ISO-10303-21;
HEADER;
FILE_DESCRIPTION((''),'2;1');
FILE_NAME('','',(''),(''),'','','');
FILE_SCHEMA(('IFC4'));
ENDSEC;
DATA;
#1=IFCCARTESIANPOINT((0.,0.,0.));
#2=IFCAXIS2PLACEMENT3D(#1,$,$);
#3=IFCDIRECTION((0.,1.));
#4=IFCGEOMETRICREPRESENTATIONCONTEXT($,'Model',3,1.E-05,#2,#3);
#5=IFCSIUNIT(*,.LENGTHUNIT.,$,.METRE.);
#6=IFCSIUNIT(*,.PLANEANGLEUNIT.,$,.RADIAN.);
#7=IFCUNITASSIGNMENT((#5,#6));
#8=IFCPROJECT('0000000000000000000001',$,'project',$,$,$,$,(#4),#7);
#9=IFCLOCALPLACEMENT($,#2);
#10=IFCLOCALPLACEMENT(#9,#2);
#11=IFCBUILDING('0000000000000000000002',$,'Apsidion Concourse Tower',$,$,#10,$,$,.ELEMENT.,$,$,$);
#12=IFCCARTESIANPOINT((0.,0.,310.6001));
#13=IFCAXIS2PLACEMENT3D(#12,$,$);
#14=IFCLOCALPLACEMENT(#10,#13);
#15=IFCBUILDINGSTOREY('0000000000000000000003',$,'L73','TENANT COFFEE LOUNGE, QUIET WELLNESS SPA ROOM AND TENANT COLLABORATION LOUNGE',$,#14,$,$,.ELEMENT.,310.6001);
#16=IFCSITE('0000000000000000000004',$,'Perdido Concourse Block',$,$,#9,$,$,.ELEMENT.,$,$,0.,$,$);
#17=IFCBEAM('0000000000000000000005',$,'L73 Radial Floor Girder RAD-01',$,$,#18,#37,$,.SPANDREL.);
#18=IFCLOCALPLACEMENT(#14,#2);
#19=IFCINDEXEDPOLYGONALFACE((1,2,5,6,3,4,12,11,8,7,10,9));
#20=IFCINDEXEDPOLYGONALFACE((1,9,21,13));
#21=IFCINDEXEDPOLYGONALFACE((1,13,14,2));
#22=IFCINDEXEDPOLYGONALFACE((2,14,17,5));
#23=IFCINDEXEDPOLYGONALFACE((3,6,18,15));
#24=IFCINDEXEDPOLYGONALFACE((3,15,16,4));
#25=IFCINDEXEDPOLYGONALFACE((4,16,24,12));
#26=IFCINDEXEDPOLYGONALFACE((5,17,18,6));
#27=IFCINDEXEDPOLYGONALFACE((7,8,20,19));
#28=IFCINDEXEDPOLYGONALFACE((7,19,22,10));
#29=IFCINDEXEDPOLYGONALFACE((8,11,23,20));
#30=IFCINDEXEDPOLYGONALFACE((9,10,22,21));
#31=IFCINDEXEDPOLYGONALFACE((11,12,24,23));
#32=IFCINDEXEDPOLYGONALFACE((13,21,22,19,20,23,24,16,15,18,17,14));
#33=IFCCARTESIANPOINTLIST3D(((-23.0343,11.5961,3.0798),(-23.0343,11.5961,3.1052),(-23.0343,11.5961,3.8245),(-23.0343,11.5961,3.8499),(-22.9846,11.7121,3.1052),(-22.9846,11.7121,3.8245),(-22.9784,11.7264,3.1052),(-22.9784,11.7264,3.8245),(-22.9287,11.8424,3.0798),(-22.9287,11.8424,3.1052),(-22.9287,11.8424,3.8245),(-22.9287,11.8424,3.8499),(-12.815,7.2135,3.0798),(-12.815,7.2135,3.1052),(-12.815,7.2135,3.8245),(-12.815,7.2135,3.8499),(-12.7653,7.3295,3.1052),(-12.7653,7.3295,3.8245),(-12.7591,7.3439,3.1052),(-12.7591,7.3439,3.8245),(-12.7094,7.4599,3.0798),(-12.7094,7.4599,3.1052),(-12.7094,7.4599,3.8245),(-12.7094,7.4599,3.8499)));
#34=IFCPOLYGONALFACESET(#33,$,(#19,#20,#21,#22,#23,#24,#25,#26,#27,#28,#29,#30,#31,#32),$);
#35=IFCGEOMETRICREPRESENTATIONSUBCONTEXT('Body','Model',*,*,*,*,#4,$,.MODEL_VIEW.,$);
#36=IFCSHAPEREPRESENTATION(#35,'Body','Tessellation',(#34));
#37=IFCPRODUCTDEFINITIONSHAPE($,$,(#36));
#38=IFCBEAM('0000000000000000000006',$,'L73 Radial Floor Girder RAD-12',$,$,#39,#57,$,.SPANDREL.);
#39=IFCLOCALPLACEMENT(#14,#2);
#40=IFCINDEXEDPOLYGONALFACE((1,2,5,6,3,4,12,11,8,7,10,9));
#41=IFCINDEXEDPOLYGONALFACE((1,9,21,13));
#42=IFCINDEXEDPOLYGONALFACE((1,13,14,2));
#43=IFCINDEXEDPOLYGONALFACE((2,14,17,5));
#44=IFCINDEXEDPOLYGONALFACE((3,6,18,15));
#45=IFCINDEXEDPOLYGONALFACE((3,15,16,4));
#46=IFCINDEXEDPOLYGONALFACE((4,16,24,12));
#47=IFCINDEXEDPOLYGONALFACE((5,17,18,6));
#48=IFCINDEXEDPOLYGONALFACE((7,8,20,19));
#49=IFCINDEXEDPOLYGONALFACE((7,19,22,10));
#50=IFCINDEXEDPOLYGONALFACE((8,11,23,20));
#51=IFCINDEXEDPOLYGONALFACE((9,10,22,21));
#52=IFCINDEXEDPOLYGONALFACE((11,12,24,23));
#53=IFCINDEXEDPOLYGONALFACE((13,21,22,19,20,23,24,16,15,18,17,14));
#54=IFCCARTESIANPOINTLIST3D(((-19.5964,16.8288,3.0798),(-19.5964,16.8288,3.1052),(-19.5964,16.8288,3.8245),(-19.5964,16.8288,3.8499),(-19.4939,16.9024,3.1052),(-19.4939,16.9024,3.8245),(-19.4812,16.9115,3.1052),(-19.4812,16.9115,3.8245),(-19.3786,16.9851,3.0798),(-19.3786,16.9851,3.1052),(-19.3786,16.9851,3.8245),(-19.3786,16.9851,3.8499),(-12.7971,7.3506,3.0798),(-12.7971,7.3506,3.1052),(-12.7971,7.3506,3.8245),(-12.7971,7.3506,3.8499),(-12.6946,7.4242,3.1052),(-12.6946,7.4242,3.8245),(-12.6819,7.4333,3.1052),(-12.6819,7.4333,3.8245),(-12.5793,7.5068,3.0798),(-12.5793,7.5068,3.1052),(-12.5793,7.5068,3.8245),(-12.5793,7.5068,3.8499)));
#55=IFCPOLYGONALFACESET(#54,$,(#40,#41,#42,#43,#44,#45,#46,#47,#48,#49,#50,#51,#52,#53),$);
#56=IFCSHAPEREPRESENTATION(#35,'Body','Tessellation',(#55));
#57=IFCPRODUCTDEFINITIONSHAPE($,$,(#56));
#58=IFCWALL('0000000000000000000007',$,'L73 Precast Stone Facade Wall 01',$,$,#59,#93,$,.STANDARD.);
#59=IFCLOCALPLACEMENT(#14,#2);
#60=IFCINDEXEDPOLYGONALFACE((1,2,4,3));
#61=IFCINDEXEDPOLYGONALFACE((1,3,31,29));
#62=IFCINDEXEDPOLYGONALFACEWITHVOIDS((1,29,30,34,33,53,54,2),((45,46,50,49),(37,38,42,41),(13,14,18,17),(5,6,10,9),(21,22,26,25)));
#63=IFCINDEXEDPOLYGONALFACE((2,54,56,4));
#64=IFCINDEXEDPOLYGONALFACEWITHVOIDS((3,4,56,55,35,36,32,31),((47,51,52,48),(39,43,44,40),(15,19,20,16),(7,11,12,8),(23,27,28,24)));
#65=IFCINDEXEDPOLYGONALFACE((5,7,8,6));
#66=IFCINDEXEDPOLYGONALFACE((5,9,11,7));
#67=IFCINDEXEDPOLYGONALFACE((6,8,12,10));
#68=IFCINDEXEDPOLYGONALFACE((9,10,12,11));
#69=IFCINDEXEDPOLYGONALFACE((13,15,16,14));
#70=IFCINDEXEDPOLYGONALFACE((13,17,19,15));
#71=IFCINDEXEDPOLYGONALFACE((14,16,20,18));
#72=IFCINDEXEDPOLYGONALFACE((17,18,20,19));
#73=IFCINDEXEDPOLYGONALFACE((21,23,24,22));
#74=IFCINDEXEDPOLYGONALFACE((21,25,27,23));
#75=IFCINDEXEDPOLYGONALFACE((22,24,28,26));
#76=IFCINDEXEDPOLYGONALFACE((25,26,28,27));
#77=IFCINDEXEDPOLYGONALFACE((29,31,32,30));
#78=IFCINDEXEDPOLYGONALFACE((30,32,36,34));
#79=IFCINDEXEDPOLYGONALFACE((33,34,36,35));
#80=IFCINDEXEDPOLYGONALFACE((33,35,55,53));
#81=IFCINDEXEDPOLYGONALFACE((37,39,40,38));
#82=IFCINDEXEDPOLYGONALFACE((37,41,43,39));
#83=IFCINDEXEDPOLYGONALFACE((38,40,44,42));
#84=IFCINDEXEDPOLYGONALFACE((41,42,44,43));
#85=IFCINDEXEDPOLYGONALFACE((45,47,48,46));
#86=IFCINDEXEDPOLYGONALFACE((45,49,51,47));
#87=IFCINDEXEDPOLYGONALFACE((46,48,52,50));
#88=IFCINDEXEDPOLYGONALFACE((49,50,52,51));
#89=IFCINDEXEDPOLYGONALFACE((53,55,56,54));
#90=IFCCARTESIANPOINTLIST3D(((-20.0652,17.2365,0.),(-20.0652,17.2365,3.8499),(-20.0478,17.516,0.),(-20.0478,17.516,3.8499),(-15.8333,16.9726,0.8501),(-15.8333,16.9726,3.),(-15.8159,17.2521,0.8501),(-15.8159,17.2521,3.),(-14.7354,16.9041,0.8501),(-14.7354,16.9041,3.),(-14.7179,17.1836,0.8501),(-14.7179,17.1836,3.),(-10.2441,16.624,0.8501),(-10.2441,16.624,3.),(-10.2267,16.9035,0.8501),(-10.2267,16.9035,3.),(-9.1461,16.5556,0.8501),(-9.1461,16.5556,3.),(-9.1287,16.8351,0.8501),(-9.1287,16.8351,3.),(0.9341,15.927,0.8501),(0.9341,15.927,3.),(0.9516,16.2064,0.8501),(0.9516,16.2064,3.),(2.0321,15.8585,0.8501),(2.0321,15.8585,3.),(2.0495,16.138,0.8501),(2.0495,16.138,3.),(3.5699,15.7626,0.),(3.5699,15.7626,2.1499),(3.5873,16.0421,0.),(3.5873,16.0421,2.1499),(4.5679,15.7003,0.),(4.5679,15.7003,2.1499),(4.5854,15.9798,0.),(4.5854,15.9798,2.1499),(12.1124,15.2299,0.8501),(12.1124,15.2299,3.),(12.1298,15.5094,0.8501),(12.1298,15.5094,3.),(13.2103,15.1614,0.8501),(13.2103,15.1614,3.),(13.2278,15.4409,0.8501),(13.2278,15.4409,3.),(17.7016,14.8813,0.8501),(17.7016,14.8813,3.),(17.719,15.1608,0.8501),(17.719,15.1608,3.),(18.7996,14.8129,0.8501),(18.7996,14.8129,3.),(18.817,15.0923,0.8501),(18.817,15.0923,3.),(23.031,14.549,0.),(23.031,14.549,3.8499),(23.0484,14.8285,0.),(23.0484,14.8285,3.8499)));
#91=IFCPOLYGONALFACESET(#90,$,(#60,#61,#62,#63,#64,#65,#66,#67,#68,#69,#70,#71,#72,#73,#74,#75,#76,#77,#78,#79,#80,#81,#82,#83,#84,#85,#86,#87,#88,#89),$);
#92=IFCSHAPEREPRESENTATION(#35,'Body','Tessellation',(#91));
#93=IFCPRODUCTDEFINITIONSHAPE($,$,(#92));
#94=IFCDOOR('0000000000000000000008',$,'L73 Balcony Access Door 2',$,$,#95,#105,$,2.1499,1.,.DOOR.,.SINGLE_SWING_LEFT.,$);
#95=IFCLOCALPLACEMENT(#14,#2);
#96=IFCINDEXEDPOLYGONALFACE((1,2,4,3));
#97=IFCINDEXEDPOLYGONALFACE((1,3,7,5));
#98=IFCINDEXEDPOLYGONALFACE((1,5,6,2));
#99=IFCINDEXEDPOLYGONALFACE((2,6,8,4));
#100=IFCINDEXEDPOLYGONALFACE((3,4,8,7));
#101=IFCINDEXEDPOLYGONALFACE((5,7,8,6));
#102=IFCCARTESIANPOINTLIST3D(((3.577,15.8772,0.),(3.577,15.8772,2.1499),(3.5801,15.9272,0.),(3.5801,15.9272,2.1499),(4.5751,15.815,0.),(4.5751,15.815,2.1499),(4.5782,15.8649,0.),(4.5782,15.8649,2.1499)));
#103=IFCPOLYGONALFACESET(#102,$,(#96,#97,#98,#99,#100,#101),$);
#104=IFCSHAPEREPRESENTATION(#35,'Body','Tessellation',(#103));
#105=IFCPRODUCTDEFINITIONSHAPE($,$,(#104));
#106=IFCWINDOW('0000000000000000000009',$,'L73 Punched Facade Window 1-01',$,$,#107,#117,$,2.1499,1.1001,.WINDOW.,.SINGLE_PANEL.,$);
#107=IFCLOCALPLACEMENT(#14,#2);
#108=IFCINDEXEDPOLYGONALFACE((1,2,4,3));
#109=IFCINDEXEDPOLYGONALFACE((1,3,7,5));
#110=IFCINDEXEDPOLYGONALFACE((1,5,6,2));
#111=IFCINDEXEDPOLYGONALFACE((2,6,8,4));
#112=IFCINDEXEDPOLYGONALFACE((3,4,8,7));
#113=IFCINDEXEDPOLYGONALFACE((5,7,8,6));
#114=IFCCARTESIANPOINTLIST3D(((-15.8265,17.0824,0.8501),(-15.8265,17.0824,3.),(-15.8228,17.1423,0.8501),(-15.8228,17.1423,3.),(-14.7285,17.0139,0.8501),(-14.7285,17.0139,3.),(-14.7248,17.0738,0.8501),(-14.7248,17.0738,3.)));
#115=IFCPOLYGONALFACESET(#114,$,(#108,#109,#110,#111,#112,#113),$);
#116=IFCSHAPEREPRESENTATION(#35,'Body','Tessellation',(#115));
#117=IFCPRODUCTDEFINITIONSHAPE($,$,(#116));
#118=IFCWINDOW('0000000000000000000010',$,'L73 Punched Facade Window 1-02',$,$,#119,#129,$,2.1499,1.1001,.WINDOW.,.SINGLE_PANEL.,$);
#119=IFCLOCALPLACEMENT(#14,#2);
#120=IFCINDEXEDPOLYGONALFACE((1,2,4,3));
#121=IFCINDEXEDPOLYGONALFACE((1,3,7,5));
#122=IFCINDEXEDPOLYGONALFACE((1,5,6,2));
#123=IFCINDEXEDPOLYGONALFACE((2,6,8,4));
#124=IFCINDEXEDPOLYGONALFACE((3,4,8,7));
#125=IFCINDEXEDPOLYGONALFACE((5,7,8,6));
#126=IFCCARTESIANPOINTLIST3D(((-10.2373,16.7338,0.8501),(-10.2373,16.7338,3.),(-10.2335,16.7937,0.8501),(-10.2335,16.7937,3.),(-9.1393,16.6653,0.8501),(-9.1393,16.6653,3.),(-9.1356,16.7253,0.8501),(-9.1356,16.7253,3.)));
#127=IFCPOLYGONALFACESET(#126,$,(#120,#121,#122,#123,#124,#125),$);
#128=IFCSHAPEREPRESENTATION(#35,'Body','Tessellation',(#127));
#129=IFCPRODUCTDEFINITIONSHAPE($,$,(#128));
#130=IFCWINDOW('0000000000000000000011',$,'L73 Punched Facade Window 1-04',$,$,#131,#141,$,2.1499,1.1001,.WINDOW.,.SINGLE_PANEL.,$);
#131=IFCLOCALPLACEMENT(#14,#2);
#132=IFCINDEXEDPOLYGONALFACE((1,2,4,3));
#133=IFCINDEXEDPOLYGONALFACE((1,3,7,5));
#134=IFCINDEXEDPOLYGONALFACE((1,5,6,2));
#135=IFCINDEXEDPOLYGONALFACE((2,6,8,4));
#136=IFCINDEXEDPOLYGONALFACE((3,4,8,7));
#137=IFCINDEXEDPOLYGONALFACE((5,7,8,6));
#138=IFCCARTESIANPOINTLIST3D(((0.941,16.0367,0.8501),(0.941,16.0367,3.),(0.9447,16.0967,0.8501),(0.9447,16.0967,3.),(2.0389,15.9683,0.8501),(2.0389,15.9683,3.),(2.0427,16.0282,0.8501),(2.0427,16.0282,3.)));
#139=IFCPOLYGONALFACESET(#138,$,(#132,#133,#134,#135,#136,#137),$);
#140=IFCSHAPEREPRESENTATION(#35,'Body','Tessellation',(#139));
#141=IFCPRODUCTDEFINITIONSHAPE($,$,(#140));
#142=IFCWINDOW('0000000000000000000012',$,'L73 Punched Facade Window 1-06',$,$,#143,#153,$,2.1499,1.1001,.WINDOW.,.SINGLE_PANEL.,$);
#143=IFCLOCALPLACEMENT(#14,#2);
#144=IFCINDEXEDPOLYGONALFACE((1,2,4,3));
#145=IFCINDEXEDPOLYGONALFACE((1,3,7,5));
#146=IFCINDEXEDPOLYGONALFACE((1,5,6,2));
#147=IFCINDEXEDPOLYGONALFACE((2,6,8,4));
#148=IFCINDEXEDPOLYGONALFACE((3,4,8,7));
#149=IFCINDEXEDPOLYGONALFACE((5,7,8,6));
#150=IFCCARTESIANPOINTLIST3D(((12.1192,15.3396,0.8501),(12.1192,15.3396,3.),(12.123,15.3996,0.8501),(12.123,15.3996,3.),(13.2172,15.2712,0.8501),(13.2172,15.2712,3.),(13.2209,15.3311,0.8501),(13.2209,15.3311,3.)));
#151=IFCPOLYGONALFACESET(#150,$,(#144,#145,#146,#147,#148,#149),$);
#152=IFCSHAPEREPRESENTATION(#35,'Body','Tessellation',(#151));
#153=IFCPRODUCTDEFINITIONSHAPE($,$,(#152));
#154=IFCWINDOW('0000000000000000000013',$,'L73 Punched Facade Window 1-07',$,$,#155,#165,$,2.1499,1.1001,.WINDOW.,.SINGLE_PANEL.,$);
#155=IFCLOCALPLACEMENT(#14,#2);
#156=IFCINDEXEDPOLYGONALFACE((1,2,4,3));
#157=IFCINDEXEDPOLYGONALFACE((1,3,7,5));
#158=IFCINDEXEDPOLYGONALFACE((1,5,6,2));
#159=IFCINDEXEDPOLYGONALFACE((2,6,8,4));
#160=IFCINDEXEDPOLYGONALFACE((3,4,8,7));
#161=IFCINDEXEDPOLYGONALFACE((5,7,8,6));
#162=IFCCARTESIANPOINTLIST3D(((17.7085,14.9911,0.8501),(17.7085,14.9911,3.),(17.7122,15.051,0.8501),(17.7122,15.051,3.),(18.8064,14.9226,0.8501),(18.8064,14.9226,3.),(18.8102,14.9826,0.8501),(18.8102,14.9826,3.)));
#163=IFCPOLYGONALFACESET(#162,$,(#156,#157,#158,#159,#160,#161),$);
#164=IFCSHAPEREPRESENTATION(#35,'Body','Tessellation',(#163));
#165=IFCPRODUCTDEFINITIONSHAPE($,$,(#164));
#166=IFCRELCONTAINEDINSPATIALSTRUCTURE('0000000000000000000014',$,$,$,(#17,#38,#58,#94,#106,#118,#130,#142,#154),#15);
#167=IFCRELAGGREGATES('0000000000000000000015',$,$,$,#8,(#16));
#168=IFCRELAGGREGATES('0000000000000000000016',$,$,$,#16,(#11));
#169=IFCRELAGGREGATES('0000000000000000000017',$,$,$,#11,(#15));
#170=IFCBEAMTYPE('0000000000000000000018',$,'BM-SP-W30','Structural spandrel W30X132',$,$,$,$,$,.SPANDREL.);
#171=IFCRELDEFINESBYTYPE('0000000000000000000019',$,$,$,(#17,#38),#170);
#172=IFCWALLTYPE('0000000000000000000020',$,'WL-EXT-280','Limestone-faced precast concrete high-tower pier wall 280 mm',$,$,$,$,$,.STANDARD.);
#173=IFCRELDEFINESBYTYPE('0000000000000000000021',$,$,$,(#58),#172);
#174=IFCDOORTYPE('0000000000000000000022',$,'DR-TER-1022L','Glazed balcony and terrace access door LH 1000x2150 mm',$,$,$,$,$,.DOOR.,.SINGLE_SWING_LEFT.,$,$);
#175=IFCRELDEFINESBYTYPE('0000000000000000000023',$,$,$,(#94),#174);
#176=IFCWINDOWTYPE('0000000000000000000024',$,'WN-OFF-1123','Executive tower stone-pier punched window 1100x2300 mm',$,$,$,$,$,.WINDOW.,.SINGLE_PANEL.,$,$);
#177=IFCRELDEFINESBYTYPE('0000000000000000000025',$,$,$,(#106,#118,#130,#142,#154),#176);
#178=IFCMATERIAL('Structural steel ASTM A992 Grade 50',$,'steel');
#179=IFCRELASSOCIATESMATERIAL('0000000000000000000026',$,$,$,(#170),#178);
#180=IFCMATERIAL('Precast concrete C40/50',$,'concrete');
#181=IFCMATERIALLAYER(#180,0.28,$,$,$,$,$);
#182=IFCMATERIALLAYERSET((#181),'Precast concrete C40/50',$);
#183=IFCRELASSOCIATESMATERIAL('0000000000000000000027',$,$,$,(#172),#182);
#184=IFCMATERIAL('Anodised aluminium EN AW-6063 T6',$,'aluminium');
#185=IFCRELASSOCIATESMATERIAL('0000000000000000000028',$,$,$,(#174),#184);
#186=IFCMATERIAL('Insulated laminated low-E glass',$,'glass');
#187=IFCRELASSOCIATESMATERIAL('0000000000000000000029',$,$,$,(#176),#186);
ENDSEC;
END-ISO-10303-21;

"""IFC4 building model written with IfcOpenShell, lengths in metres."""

from ifc_helpers import new_model, si_unit, direction, frame, frame_2d, origin, origin_2d, place, context, subcontext, project, spatial, rectangle, i_section, extrude, material, layer, layer_set, material_profile, profile_set, type_object, element, fill, save


model = new_model("IFC4")

# Units and contexts
model_context = context("Model", 3, precision=1e-05, world=origin(), true_north=direction((0.0, 1.0)))
body_context = subcontext(model_context, "Body", "Model", "MODEL_VIEW")
ifc_project = project(units=[si_unit("LENGTHUNIT", "METRE"), si_unit("PLANEANGLEUNIT", "RADIAN")], contexts=[model_context])

# Site, building, storey
site_placement = place(None, origin())
site = spatial("IfcSite", under=ifc_project, at=site_placement, Name="Perdido Concourse Block", CompositionType="ELEMENT", RefElevation=0.0)
building_placement = place(site_placement, origin())
building = spatial("IfcBuilding", under=site, at=building_placement, Name="Apsidion Concourse Tower", CompositionType="ELEMENT")
storey_placement = place(building_placement, frame((0.0, 0.0, 310.6001)))
storey = spatial("IfcBuildingStorey", under=building, at=storey_placement, Name="L73", Description="TENANT COFFEE LOUNGE, QUIET WELLNESS SPA ROOM AND TENANT COLLABORATION LOUNGE", CompositionType="ELEMENT", Elevation=310.6001)

# Shared definitions
ifc_material_1 = material(Name="Structural steel ASTM A992 Grade 50", Category="steel")

# Beams
ifc_material_profile_1 = material_profile(ifc_material_1, i_section(OverallWidth=0.2681, OverallDepth=0.77, WebThickness=0.0156, FlangeThickness=0.0254, at=origin_2d()), Name="W30X132")
ifc_profile_set_1 = profile_set([ifc_material_profile_1], Name="Structural steel ASTM A992 Grade 50")
beam_type_1 = type_object("IfcBeamType", Name="BM-SP-W30", Description="Structural spandrel W30X132", PredefinedType="SPANDREL", material=ifc_profile_set_1)
beam_1_placement = place(storey_placement, frame((-12.7622, 7.3367, 3.4648), z_axis=(-0.919051, 0.394139, 0.0), x_axis=(-0.394139, -0.919051, 0.0)))
element("IfcBeam", 1, at=beam_1_placement, inside=storey, type_object=beam_type_1, Name="L73 Radial Floor Girder RAD-01", PredefinedType="SPANDREL", context=body_context, shape_type="SweptSolid", body=[
    extrude(i_section(OverallWidth=0.2681, OverallDepth=0.77, WebThickness=0.0156, FlangeThickness=0.0254, at=origin_2d()), origin(), (0.0, 0.0, 1.0), 11.1194),
])
beam_2_placement = place(storey_placement, frame((-12.6882, 7.4287, 3.4648), z_axis=(-0.58289, 0.812551, 0.0), x_axis=(-0.812551, -0.58289, 0.0)))
element("IfcBeam", 2, at=beam_2_placement, inside=storey, type_object=beam_type_1, Name="L73 Radial Floor Girder RAD-12", PredefinedType="SPANDREL", context=body_context, shape_type="SweptSolid", body=[
    extrude(i_section(OverallWidth=0.2681, OverallDepth=0.77, WebThickness=0.0156, FlangeThickness=0.0254, at=origin_2d()), origin(), (0.0, 0.0, 1.0), 11.6648),
])

# Wall, openings, door, windows
ifc_material_2 = material(Name="Precast concrete C40/50", Category="concrete")
ifc_layer_1 = layer(ifc_material_2, 0.28)
ifc_layer_set_1 = layer_set([ifc_layer_1], Name="Precast concrete C40/50")
wall_type_1 = type_object("IfcWallType", Name="WL-EXT-280", Description="Limestone-faced precast concrete high-tower pier wall 280 mm", PredefinedType="STANDARD", material=ifc_layer_set_1)
wall_1_placement = place(storey_placement, frame((-20.0564, 17.3762, 0.0), z_axis=(0.0, 0.0, 1.0), x_axis=(0.998061, -0.06224, 0.0)))
wall_1 = element("IfcWall", 3, at=wall_1_placement, inside=storey, type_object=wall_type_1, Name="L73 Precast Stone Facade Wall 01", PredefinedType="STANDARD", context=body_context, shape_type="SweptSolid", body=[
    extrude(rectangle(XDim=43.1799, YDim=0.28, at=frame_2d((21.5898, 0.0))), origin(), (0.0, 0.0, 1.0), 3.8499),
])
opening_1_placement = place(wall_1_placement, frame((23.6809, 0.0, 0.0)))
opening_1 = element("IfcOpeningElement", 4, at=opening_1_placement, cuts=wall_1, PredefinedType="OPENING", context=body_context, shape_type="SweptSolid", body=[
    extrude(rectangle(XDim=1.0, YDim=2.1499, at=frame_2d((0.5, 1.075))), frame((0.0, 0.1499, 0.0), z_axis=(0.0, -1.0, 0.0), x_axis=(1.0, 0.0, 0.0)), (0.0, 0.0, 1.0), 0.3),
])
opening_2_placement = place(wall_1_placement, frame((4.24, 0.0, 0.8501)))
opening_2 = element("IfcOpeningElement", 5, at=opening_2_placement, cuts=wall_1, PredefinedType="OPENING", context=body_context, shape_type="SweptSolid", body=[
    extrude(rectangle(XDim=1.1001, YDim=2.1499, at=frame_2d((0.55, 1.075))), frame((0.0, 0.1499, 0.0), z_axis=(0.0, -1.0, 0.0), x_axis=(1.0, 0.0, 0.0)), (0.0, 0.0, 1.0), 0.3),
])
opening_3_placement = place(wall_1_placement, frame((9.8401, 0.0, 0.8501)))
opening_3 = element("IfcOpeningElement", 6, at=opening_3_placement, cuts=wall_1, PredefinedType="OPENING", context=body_context, shape_type="SweptSolid", body=[
    extrude(rectangle(XDim=1.1001, YDim=2.1499, at=frame_2d((0.55, 1.075))), frame((0.0, 0.1499, 0.0), z_axis=(0.0, -1.0, 0.0), x_axis=(1.0, 0.0, 0.0)), (0.0, 0.0, 1.0), 0.3),
])
opening_4_placement = place(wall_1_placement, frame((21.04, 0.0, 0.8501)))
opening_4 = element("IfcOpeningElement", 7, at=opening_4_placement, cuts=wall_1, PredefinedType="OPENING", context=body_context, shape_type="SweptSolid", body=[
    extrude(rectangle(XDim=1.1001, YDim=2.1499, at=frame_2d((0.55, 1.075))), frame((0.0, 0.1499, 0.0), z_axis=(0.0, -1.0, 0.0), x_axis=(1.0, 0.0, 0.0)), (0.0, 0.0, 1.0), 0.3),
])
opening_5_placement = place(wall_1_placement, frame((32.24, 0.0, 0.8501)))
opening_5 = element("IfcOpeningElement", 8, at=opening_5_placement, cuts=wall_1, PredefinedType="OPENING", context=body_context, shape_type="SweptSolid", body=[
    extrude(rectangle(XDim=1.1001, YDim=2.1499, at=frame_2d((0.55, 1.075))), frame((0.0, 0.1499, 0.0), z_axis=(0.0, -1.0, 0.0), x_axis=(1.0, 0.0, 0.0)), (0.0, 0.0, 1.0), 0.3),
])
opening_6_placement = place(wall_1_placement, frame((37.8401, 0.0, 0.8501)))
opening_6 = element("IfcOpeningElement", 9, at=opening_6_placement, cuts=wall_1, PredefinedType="OPENING", context=body_context, shape_type="SweptSolid", body=[
    extrude(rectangle(XDim=1.1001, YDim=2.1499, at=frame_2d((0.55, 1.075))), frame((0.0, 0.1499, 0.0), z_axis=(0.0, -1.0, 0.0), x_axis=(1.0, 0.0, 0.0)), (0.0, 0.0, 1.0), 0.3),
])
ifc_material_3 = material(Name="Anodised aluminium EN AW-6063 T6", Category="aluminium")
door_type_1 = type_object("IfcDoorType", Name="DR-TER-1022L", Description="Glazed balcony and terrace access door LH 1000x2150 mm", OperationType="SINGLE_SWING_LEFT", PredefinedType="DOOR", material=ifc_material_3)
door_1_placement = place(opening_1_placement, origin())
door_1 = element("IfcDoor", 10, at=door_1_placement, inside=storey, type_object=door_type_1, Name="L73 Balcony Access Door 2", OperationType="SINGLE_SWING_LEFT", OverallHeight=2.1499, OverallWidth=1.0, PredefinedType="DOOR", context=body_context, shape_type="SweptSolid", body=[
    extrude(rectangle(XDim=1.0, YDim=2.1499, at=frame_2d((0.5, 1.075))), frame((0.0, 0.0249, 0.0), z_axis=(0.0, -1.0, 0.0), x_axis=(1.0, 0.0, 0.0)), (0.0, 0.0, 1.0), 0.05),
])
fill(opening_1, door_1)
ifc_material_4 = material(Name="Insulated laminated low-E glass", Category="glass")
window_type = type_object("IfcWindowType", Name="WN-OFF-1123", Description="Executive tower stone-pier punched window 1100x2300 mm", PartitioningType="SINGLE_PANEL", PredefinedType="WINDOW", material=ifc_material_4)
window_1_placement = place(opening_2_placement, origin())
window_1 = element("IfcWindow", 11, at=window_1_placement, inside=storey, type_object=window_type, Name="L73 Punched Facade Window 1-01", OverallHeight=2.1499, OverallWidth=1.1001, PartitioningType="SINGLE_PANEL", PredefinedType="WINDOW", context=body_context, shape_type="SweptSolid", body=[
    extrude(rectangle(XDim=1.1001, YDim=2.1499, at=frame_2d((0.55, 1.075))), frame((0.0, 0.03, 0.0), z_axis=(0.0, -1.0, 0.0), x_axis=(1.0, 0.0, 0.0)), (0.0, 0.0, 1.0), 0.0601),
])
fill(opening_2, window_1)
window_2_placement = place(opening_3_placement, origin())
window_2 = element("IfcWindow", 12, at=window_2_placement, inside=storey, type_object=window_type, Name="L73 Punched Facade Window 1-02", OverallHeight=2.1499, OverallWidth=1.1001, PartitioningType="SINGLE_PANEL", PredefinedType="WINDOW", context=body_context, shape_type="SweptSolid", body=[
    extrude(rectangle(XDim=1.1001, YDim=2.1499, at=frame_2d((0.55, 1.075))), frame((0.0, 0.03, 0.0), z_axis=(0.0, -1.0, 0.0), x_axis=(1.0, 0.0, 0.0)), (0.0, 0.0, 1.0), 0.0601),
])
fill(opening_3, window_2)
window_3_placement = place(opening_4_placement, origin())
window_3 = element("IfcWindow", 13, at=window_3_placement, inside=storey, type_object=window_type, Name="L73 Punched Facade Window 1-04", OverallHeight=2.1499, OverallWidth=1.1001, PartitioningType="SINGLE_PANEL", PredefinedType="WINDOW", context=body_context, shape_type="SweptSolid", body=[
    extrude(rectangle(XDim=1.1001, YDim=2.1499, at=frame_2d((0.55, 1.075))), frame((0.0, 0.03, 0.0), z_axis=(0.0, -1.0, 0.0), x_axis=(1.0, 0.0, 0.0)), (0.0, 0.0, 1.0), 0.0601),
])
fill(opening_4, window_3)
window_4_placement = place(opening_5_placement, origin())
window_4 = element("IfcWindow", 14, at=window_4_placement, inside=storey, type_object=window_type, Name="L73 Punched Facade Window 1-06", OverallHeight=2.1499, OverallWidth=1.1001, PartitioningType="SINGLE_PANEL", PredefinedType="WINDOW", context=body_context, shape_type="SweptSolid", body=[
    extrude(rectangle(XDim=1.1001, YDim=2.1499, at=frame_2d((0.55, 1.075))), frame((0.0, 0.03, 0.0), z_axis=(0.0, -1.0, 0.0), x_axis=(1.0, 0.0, 0.0)), (0.0, 0.0, 1.0), 0.0601),
])
fill(opening_5, window_4)
window_5_placement = place(opening_6_placement, origin())
window_5 = element("IfcWindow", 15, at=window_5_placement, inside=storey, type_object=window_type, Name="L73 Punched Facade Window 1-07", OverallHeight=2.1499, OverallWidth=1.1001, PartitioningType="SINGLE_PANEL", PredefinedType="WINDOW", context=body_context, shape_type="SweptSolid", body=[
    extrude(rectangle(XDim=1.1001, YDim=2.1499, at=frame_2d((0.55, 1.075))), frame((0.0, 0.03, 0.0), z_axis=(0.0, -1.0, 0.0), x_axis=(1.0, 0.0, 0.0)), (0.0, 0.0, 1.0), 0.0601),
])
fill(opening_6, window_5)

save(model, "model.ifc")
